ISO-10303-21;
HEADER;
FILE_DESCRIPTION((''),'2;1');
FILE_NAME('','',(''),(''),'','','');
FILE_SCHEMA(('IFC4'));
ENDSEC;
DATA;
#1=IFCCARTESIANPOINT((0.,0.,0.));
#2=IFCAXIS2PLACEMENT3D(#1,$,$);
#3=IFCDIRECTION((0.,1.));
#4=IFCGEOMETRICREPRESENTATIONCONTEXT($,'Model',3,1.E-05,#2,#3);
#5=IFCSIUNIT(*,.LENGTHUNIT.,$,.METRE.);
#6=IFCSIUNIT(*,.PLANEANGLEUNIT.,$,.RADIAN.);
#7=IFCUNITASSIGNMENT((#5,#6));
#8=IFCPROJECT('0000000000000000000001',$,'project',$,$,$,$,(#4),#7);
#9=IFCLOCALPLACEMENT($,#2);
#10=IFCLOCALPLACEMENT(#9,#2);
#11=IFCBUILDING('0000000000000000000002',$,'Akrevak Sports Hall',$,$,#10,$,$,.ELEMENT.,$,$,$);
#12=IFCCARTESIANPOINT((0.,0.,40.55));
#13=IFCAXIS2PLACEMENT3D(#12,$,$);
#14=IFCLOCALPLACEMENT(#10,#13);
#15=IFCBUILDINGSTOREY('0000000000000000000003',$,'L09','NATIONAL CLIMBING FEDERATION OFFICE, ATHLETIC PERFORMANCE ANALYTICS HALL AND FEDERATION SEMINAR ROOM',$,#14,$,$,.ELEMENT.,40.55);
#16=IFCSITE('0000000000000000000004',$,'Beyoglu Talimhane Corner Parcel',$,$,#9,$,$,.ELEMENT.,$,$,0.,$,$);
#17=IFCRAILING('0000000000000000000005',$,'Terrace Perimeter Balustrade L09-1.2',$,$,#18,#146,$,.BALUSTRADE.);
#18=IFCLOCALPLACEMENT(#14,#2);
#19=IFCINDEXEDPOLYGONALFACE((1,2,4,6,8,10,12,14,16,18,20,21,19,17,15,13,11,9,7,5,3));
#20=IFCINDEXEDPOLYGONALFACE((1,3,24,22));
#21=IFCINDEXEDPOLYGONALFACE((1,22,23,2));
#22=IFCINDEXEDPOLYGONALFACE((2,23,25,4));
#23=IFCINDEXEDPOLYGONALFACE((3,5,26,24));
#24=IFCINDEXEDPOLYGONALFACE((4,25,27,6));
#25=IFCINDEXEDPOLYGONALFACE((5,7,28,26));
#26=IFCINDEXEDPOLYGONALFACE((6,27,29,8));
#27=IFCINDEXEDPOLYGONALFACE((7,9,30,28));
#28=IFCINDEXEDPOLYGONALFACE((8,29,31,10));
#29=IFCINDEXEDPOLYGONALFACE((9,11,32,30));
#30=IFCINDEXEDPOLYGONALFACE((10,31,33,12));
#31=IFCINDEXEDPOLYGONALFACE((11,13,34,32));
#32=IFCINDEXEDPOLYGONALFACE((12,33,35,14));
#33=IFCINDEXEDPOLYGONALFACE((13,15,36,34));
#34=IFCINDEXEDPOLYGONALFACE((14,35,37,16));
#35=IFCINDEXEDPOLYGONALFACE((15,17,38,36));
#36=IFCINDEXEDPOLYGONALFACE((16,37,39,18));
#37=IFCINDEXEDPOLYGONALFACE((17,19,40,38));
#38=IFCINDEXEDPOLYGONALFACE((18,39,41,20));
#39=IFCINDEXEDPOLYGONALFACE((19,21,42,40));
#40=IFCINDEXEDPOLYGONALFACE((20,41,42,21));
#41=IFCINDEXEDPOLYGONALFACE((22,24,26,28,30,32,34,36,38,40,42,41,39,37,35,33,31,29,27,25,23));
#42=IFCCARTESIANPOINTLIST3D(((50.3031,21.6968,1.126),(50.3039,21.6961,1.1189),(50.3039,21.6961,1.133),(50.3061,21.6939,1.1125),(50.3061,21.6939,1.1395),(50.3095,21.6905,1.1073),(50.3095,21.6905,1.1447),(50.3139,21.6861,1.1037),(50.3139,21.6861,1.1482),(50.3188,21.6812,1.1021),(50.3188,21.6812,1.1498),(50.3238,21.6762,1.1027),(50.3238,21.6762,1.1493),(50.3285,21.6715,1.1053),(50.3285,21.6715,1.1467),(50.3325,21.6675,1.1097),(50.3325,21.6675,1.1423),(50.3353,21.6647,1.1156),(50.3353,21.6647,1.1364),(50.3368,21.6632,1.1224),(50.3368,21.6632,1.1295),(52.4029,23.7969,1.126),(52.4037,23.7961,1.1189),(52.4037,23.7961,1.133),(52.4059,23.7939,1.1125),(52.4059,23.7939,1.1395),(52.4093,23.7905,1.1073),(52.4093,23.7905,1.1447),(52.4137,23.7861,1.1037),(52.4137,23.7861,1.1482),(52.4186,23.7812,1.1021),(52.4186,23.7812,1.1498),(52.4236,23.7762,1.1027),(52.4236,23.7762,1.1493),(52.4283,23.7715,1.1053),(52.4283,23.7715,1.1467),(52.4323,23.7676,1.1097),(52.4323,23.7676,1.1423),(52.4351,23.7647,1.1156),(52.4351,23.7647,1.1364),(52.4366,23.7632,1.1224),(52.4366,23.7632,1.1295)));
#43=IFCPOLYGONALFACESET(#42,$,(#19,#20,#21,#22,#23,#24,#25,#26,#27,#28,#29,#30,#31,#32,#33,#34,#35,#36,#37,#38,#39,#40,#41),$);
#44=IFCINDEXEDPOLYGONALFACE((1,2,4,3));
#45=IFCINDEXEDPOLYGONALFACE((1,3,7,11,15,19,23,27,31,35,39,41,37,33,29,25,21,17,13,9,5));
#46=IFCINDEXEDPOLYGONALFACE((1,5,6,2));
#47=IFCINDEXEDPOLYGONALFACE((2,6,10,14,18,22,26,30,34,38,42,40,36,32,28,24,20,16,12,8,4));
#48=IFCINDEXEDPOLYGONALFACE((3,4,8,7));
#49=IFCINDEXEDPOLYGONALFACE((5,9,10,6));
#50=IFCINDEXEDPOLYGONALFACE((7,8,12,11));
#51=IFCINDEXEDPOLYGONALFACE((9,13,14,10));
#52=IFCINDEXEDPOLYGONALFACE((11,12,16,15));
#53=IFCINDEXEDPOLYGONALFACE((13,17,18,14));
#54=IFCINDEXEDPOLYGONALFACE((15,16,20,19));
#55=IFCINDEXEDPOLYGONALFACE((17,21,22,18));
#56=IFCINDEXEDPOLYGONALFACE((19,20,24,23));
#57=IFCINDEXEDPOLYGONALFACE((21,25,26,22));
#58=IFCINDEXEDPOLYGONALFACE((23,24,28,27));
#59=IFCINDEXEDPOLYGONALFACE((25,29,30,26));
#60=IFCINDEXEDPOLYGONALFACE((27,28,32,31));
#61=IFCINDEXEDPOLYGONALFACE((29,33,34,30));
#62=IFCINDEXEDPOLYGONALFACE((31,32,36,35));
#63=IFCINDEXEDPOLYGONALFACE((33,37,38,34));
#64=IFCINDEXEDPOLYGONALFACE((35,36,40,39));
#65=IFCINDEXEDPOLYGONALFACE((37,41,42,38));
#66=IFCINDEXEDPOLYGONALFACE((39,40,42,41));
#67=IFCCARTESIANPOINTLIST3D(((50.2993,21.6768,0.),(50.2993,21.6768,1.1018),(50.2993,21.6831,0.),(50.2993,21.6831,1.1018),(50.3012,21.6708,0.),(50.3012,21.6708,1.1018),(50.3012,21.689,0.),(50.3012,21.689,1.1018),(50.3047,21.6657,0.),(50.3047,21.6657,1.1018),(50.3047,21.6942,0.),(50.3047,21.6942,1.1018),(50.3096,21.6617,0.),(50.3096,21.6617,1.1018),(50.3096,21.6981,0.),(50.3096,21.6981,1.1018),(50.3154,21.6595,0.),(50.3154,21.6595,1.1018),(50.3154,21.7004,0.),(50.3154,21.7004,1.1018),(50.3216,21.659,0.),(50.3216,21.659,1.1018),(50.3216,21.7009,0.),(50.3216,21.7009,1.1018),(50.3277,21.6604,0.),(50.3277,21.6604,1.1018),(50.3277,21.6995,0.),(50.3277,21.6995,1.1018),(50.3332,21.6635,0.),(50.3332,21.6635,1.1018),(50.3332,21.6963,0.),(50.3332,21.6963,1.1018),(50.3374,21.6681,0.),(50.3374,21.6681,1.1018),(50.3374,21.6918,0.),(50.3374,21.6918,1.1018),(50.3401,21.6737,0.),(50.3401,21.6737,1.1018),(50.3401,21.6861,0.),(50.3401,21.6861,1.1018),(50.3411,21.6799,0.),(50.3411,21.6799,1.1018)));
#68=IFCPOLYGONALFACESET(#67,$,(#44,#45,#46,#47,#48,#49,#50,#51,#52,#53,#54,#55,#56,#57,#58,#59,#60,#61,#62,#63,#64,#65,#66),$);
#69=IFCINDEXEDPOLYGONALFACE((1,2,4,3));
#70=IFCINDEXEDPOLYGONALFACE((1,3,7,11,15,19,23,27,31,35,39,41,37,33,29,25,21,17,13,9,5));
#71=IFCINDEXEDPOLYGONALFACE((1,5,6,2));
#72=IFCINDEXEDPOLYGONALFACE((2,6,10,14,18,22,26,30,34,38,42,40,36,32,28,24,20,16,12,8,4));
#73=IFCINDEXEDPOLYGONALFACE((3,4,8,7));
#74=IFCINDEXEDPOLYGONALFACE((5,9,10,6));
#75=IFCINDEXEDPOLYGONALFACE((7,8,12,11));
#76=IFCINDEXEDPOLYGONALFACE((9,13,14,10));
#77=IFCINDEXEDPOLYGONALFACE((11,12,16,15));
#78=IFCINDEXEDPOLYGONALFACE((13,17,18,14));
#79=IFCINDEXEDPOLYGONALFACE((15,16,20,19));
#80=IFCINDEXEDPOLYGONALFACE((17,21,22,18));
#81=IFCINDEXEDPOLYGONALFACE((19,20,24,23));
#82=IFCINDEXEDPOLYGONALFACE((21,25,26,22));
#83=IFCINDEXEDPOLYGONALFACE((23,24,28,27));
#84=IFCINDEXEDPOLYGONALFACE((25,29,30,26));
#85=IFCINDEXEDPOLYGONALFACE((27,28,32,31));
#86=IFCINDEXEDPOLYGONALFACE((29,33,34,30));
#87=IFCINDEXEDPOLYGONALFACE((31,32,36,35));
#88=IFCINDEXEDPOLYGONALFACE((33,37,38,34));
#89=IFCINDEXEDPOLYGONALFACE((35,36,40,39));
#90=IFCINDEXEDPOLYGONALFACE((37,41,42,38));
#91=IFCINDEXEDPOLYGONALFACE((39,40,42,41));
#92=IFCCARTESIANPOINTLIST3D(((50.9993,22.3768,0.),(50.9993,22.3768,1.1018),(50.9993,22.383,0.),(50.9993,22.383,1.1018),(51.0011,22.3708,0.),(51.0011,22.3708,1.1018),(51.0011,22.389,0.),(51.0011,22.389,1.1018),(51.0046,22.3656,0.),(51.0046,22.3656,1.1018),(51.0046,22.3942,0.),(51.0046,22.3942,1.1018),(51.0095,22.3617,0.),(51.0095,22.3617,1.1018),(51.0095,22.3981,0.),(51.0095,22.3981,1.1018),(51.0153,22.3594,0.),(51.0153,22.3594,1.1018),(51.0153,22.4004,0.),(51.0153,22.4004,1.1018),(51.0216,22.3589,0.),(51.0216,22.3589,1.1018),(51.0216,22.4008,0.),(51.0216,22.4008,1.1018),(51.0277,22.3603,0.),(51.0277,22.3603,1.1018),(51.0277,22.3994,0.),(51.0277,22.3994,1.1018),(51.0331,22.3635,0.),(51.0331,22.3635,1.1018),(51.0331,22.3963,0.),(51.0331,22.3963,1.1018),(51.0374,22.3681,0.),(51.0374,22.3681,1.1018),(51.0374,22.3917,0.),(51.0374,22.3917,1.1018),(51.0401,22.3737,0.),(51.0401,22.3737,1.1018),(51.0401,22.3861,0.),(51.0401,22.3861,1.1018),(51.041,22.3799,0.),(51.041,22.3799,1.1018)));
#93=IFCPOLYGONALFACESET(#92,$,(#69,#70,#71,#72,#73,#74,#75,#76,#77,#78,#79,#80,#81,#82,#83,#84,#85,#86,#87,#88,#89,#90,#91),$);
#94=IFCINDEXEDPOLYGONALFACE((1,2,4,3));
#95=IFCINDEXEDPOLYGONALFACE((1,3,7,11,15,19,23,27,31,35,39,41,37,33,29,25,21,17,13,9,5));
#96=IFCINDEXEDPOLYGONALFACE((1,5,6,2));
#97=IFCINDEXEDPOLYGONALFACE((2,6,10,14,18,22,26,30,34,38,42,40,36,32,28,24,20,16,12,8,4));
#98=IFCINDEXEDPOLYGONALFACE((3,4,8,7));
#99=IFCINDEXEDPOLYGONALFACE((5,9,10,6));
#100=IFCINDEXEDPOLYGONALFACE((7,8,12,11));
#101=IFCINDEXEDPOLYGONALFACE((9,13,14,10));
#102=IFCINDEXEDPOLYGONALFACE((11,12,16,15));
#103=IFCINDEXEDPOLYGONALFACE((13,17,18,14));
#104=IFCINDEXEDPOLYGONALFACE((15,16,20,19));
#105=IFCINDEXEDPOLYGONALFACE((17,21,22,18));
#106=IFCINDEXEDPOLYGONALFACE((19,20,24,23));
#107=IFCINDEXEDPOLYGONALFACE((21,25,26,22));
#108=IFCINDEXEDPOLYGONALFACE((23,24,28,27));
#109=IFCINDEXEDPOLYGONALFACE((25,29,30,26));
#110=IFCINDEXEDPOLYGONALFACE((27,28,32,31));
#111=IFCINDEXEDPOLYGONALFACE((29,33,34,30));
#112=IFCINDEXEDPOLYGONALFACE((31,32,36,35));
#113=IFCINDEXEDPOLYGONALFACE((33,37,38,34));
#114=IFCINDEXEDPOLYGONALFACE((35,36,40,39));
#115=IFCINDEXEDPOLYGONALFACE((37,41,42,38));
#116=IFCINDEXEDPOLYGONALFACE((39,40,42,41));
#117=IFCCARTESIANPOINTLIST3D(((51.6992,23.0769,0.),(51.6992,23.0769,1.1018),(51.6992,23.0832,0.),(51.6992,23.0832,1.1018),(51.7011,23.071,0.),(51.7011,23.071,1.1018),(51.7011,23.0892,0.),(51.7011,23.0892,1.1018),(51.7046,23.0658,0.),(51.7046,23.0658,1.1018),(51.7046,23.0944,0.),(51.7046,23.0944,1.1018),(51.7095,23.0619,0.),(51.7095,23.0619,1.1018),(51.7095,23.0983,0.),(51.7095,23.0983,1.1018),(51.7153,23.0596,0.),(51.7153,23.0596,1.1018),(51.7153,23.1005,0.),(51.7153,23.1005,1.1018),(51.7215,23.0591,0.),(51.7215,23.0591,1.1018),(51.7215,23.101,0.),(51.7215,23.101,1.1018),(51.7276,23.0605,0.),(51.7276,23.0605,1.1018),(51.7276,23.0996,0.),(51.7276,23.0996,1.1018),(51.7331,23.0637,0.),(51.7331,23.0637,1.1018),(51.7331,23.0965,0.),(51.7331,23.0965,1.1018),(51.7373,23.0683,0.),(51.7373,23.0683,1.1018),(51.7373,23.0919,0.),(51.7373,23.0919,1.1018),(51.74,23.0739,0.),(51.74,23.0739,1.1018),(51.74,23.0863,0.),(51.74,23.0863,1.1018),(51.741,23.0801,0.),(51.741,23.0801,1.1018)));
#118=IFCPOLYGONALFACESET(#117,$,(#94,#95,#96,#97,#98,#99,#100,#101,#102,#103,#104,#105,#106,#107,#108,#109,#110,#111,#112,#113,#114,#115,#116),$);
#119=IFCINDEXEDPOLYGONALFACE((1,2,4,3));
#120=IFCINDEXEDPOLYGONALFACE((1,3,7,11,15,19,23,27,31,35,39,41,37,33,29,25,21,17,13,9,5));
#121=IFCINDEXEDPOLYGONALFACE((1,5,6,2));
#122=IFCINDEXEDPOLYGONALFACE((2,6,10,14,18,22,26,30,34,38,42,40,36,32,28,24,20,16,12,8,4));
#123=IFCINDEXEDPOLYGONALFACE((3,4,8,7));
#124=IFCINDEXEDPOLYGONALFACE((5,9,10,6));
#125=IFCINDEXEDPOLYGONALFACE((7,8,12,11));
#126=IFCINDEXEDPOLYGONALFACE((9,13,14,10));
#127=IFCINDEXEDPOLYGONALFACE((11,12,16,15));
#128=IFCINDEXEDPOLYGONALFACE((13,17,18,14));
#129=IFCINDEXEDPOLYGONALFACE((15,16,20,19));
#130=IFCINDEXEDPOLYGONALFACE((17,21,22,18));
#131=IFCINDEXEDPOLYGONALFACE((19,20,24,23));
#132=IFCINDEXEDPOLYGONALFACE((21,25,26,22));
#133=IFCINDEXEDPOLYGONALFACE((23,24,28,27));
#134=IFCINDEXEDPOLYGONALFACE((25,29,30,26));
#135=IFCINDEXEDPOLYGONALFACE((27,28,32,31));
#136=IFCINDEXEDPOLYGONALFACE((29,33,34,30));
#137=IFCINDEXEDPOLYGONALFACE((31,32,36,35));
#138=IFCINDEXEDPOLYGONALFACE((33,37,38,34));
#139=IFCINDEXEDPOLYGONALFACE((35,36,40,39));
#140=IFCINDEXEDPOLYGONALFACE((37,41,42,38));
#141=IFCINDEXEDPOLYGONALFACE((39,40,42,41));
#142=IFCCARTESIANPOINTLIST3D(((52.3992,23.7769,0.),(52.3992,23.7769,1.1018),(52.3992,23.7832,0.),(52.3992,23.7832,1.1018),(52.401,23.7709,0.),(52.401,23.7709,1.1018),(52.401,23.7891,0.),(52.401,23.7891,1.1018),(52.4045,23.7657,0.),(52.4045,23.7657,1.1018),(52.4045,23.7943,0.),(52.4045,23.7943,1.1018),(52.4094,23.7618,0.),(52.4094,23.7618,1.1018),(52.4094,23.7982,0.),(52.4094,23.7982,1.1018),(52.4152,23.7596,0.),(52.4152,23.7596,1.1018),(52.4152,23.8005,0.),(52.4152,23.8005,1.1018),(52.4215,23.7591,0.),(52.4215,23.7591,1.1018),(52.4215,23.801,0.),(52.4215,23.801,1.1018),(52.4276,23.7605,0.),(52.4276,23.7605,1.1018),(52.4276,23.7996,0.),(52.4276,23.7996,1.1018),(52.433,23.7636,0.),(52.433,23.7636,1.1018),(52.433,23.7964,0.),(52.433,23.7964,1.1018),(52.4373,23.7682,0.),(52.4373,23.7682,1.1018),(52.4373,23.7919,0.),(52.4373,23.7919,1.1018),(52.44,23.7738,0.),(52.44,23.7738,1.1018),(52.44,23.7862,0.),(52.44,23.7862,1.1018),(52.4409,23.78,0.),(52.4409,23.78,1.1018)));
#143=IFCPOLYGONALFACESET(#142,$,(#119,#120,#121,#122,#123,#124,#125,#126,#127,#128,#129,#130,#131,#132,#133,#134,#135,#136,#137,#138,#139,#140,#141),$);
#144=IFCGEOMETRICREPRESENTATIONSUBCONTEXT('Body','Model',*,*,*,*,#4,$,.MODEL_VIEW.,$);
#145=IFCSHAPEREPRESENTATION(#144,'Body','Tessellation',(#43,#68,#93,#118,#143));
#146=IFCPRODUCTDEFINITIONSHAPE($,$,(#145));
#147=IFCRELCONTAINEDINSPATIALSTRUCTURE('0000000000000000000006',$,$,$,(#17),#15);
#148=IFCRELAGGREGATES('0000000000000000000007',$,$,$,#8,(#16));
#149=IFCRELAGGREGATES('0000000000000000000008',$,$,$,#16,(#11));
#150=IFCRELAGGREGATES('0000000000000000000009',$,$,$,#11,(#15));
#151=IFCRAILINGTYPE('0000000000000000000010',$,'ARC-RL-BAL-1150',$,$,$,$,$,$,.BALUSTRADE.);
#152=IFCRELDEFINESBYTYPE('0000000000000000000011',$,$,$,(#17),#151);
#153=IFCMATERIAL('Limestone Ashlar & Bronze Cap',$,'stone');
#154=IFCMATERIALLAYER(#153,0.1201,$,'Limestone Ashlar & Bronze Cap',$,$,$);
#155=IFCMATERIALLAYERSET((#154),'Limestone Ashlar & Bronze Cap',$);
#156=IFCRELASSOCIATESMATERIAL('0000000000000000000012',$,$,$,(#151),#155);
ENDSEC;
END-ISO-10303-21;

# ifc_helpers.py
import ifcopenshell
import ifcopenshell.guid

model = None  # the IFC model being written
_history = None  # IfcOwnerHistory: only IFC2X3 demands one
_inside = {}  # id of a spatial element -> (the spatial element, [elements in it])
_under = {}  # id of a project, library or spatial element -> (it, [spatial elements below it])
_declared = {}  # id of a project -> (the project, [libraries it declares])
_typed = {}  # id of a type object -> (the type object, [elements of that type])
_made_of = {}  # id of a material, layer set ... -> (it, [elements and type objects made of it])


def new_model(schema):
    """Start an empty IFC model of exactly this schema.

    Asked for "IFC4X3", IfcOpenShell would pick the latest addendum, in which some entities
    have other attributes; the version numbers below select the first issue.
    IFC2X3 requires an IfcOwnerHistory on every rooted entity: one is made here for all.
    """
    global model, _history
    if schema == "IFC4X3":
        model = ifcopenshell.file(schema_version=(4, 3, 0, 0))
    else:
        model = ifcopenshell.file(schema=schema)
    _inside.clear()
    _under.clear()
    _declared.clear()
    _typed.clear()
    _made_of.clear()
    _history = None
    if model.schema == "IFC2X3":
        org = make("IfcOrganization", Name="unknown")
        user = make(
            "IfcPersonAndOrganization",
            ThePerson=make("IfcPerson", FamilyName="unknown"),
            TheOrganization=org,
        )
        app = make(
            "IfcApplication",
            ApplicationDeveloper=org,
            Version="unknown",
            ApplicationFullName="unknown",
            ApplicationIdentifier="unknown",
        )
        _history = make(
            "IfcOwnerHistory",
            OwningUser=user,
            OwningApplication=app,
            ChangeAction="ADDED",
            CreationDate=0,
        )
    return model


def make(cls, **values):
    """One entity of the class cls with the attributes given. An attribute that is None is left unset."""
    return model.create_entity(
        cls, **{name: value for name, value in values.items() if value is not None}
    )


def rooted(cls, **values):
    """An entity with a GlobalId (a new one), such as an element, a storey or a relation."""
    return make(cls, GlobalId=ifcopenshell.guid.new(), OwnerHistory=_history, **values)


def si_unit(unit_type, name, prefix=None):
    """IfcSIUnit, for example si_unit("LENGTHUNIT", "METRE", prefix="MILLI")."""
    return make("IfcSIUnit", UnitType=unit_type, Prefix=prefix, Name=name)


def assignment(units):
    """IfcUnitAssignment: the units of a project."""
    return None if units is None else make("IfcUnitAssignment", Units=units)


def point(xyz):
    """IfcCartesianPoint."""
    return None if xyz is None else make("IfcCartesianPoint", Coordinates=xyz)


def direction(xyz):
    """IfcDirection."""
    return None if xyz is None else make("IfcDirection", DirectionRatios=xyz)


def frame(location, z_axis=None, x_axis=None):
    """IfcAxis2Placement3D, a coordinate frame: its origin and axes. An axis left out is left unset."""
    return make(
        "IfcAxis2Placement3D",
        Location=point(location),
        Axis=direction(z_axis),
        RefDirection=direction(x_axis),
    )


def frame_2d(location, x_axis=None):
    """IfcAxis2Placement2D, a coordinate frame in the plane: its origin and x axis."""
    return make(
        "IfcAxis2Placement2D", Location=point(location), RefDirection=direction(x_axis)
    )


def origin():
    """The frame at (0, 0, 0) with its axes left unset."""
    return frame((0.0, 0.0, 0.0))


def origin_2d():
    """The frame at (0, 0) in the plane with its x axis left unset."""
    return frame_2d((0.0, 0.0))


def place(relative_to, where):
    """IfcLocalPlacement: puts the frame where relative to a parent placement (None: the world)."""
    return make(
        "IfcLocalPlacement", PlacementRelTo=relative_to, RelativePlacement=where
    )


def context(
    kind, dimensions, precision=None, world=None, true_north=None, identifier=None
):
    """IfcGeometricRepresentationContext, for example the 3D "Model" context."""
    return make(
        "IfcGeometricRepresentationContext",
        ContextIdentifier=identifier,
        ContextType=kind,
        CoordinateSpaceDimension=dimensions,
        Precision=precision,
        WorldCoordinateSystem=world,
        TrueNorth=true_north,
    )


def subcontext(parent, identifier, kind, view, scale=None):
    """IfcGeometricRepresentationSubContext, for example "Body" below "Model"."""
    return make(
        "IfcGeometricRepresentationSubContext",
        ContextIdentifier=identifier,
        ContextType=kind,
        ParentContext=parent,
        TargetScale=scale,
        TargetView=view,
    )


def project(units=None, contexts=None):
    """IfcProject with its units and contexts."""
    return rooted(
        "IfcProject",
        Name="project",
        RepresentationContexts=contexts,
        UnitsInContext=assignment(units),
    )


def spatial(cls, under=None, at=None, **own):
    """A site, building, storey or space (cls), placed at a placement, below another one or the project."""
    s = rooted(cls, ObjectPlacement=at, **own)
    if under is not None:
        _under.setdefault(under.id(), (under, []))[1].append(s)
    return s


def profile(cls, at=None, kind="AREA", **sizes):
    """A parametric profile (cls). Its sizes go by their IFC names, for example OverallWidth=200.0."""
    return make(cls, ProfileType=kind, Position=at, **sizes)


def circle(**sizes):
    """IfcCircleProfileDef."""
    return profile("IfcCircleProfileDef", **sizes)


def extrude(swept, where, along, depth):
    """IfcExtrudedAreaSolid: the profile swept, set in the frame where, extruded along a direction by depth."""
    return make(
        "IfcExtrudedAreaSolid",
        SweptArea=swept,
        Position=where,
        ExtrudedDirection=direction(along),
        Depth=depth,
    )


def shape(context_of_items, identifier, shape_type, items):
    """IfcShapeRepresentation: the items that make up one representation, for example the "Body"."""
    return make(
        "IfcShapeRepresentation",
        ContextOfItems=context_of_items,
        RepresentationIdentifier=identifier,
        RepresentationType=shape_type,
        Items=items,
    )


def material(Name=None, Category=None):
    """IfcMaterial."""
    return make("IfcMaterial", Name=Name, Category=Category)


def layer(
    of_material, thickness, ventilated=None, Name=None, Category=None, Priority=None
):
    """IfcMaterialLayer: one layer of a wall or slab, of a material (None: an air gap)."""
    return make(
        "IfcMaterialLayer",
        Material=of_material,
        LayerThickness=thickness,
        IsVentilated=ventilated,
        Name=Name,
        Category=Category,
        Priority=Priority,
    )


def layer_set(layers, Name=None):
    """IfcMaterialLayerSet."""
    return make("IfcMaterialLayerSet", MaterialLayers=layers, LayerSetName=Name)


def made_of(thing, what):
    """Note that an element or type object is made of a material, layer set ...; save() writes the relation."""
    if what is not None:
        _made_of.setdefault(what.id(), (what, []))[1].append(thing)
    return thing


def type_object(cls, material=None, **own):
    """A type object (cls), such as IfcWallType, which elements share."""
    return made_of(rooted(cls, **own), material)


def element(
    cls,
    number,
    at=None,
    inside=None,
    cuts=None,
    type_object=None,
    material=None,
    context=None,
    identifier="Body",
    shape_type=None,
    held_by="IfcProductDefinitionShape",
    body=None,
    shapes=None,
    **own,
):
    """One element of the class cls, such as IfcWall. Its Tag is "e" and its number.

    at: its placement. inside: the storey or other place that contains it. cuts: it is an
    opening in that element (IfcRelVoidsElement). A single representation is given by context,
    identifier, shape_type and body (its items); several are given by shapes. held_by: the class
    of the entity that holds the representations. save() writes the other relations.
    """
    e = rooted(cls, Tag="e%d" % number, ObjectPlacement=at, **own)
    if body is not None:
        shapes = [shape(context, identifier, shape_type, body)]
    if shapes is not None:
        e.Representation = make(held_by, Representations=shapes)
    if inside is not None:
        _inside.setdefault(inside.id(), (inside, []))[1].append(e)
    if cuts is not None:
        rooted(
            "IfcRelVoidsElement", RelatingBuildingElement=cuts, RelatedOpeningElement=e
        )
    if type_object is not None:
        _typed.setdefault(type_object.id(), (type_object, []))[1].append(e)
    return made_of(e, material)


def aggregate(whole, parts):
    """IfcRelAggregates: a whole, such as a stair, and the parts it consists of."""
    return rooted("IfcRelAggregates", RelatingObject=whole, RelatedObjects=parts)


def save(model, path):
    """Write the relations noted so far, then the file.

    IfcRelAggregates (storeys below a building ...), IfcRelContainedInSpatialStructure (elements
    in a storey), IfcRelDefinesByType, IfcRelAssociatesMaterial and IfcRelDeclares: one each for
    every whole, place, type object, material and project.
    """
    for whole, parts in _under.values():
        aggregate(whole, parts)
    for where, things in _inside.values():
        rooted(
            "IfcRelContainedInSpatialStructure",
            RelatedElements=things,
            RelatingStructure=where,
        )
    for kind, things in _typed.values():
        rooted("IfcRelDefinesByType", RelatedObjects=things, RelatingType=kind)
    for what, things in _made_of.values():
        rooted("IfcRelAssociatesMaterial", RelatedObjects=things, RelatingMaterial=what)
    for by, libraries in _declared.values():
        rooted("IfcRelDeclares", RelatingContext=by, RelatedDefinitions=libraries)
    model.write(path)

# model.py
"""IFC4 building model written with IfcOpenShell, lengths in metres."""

from ifc_helpers import new_model, si_unit, direction, frame, origin, origin_2d, place, context, subcontext, project, spatial, circle, extrude, material, layer, layer_set, type_object, element, save


model = new_model("IFC4")

# Units and contexts
model_context = context("Model", 3, precision=1e-05, world=origin(), true_north=direction((0.0, 1.0)))
body_context = subcontext(model_context, "Body", "Model", "MODEL_VIEW")
ifc_project = project(units=[si_unit("LENGTHUNIT", "METRE"), si_unit("PLANEANGLEUNIT", "RADIAN")], contexts=[model_context])

# Site, building, storey
site_placement = place(None, origin())
site = spatial("IfcSite", under=ifc_project, at=site_placement, Name="Beyoglu Talimhane Corner Parcel", CompositionType="ELEMENT", RefElevation=0.0)
building_placement = place(site_placement, origin())
building = spatial("IfcBuilding", under=site, at=building_placement, Name="Akrevak Sports Hall", CompositionType="ELEMENT")
storey_placement = place(building_placement, frame((0.0, 0.0, 40.55)))
storey = spatial("IfcBuildingStorey", under=building, at=storey_placement, Name="L09", Description="NATIONAL CLIMBING FEDERATION OFFICE, ATHLETIC PERFORMANCE ANALYTICS HALL AND FEDERATION SEMINAR ROOM", CompositionType="ELEMENT", Elevation=40.55)

# Railing
ifc_material_1 = material(Name="Limestone Ashlar & Bronze Cap", Category="stone")
ifc_layer_1 = layer(ifc_material_1, 0.1201, Name="Limestone Ashlar & Bronze Cap")
ifc_layer_set_1 = layer_set([ifc_layer_1], Name="Limestone Ashlar & Bronze Cap")
railing_type = type_object("IfcRailingType", Name="ARC-RL-BAL-1150", PredefinedType="BALUSTRADE", material=ifc_layer_set_1)
railing_1_placement = place(storey_placement, frame((50.3201, 21.6799, 0.0)))
element("IfcRailing", 1, at=railing_1_placement, inside=storey, type_object=railing_type, Name="Terrace Perimeter Balustrade L09-1.2", PredefinedType="BALUSTRADE", context=body_context, shape_type="SweptSolid", body=[
    extrude(circle(Radius=0.0239, at=origin_2d()), frame((0.0, 0.0, 1.126), z_axis=(0.707066, 0.707148, 0.0), x_axis=(-0.707148, 0.707066, 0.0)), (0.0, 0.0, 1.0), 2.9697),
    extrude(circle(Radius=0.021, at=origin_2d()), origin(), (0.0, 0.0, 1.0), 1.1018),
    extrude(circle(Radius=0.021, at=origin_2d()), frame((0.7, 0.7, 0.0)), (0.0, 0.0, 1.0), 1.1018),
    extrude(circle(Radius=0.021, at=origin_2d()), frame((1.3999, 1.4001, 0.0)), (0.0, 0.0, 1.0), 1.1018),
    extrude(circle(Radius=0.021, at=origin_2d()), frame((2.0999, 2.1001, 0.0)), (0.0, 0.0, 1.0), 1.1018),
])

save(model, "model.ifc")
